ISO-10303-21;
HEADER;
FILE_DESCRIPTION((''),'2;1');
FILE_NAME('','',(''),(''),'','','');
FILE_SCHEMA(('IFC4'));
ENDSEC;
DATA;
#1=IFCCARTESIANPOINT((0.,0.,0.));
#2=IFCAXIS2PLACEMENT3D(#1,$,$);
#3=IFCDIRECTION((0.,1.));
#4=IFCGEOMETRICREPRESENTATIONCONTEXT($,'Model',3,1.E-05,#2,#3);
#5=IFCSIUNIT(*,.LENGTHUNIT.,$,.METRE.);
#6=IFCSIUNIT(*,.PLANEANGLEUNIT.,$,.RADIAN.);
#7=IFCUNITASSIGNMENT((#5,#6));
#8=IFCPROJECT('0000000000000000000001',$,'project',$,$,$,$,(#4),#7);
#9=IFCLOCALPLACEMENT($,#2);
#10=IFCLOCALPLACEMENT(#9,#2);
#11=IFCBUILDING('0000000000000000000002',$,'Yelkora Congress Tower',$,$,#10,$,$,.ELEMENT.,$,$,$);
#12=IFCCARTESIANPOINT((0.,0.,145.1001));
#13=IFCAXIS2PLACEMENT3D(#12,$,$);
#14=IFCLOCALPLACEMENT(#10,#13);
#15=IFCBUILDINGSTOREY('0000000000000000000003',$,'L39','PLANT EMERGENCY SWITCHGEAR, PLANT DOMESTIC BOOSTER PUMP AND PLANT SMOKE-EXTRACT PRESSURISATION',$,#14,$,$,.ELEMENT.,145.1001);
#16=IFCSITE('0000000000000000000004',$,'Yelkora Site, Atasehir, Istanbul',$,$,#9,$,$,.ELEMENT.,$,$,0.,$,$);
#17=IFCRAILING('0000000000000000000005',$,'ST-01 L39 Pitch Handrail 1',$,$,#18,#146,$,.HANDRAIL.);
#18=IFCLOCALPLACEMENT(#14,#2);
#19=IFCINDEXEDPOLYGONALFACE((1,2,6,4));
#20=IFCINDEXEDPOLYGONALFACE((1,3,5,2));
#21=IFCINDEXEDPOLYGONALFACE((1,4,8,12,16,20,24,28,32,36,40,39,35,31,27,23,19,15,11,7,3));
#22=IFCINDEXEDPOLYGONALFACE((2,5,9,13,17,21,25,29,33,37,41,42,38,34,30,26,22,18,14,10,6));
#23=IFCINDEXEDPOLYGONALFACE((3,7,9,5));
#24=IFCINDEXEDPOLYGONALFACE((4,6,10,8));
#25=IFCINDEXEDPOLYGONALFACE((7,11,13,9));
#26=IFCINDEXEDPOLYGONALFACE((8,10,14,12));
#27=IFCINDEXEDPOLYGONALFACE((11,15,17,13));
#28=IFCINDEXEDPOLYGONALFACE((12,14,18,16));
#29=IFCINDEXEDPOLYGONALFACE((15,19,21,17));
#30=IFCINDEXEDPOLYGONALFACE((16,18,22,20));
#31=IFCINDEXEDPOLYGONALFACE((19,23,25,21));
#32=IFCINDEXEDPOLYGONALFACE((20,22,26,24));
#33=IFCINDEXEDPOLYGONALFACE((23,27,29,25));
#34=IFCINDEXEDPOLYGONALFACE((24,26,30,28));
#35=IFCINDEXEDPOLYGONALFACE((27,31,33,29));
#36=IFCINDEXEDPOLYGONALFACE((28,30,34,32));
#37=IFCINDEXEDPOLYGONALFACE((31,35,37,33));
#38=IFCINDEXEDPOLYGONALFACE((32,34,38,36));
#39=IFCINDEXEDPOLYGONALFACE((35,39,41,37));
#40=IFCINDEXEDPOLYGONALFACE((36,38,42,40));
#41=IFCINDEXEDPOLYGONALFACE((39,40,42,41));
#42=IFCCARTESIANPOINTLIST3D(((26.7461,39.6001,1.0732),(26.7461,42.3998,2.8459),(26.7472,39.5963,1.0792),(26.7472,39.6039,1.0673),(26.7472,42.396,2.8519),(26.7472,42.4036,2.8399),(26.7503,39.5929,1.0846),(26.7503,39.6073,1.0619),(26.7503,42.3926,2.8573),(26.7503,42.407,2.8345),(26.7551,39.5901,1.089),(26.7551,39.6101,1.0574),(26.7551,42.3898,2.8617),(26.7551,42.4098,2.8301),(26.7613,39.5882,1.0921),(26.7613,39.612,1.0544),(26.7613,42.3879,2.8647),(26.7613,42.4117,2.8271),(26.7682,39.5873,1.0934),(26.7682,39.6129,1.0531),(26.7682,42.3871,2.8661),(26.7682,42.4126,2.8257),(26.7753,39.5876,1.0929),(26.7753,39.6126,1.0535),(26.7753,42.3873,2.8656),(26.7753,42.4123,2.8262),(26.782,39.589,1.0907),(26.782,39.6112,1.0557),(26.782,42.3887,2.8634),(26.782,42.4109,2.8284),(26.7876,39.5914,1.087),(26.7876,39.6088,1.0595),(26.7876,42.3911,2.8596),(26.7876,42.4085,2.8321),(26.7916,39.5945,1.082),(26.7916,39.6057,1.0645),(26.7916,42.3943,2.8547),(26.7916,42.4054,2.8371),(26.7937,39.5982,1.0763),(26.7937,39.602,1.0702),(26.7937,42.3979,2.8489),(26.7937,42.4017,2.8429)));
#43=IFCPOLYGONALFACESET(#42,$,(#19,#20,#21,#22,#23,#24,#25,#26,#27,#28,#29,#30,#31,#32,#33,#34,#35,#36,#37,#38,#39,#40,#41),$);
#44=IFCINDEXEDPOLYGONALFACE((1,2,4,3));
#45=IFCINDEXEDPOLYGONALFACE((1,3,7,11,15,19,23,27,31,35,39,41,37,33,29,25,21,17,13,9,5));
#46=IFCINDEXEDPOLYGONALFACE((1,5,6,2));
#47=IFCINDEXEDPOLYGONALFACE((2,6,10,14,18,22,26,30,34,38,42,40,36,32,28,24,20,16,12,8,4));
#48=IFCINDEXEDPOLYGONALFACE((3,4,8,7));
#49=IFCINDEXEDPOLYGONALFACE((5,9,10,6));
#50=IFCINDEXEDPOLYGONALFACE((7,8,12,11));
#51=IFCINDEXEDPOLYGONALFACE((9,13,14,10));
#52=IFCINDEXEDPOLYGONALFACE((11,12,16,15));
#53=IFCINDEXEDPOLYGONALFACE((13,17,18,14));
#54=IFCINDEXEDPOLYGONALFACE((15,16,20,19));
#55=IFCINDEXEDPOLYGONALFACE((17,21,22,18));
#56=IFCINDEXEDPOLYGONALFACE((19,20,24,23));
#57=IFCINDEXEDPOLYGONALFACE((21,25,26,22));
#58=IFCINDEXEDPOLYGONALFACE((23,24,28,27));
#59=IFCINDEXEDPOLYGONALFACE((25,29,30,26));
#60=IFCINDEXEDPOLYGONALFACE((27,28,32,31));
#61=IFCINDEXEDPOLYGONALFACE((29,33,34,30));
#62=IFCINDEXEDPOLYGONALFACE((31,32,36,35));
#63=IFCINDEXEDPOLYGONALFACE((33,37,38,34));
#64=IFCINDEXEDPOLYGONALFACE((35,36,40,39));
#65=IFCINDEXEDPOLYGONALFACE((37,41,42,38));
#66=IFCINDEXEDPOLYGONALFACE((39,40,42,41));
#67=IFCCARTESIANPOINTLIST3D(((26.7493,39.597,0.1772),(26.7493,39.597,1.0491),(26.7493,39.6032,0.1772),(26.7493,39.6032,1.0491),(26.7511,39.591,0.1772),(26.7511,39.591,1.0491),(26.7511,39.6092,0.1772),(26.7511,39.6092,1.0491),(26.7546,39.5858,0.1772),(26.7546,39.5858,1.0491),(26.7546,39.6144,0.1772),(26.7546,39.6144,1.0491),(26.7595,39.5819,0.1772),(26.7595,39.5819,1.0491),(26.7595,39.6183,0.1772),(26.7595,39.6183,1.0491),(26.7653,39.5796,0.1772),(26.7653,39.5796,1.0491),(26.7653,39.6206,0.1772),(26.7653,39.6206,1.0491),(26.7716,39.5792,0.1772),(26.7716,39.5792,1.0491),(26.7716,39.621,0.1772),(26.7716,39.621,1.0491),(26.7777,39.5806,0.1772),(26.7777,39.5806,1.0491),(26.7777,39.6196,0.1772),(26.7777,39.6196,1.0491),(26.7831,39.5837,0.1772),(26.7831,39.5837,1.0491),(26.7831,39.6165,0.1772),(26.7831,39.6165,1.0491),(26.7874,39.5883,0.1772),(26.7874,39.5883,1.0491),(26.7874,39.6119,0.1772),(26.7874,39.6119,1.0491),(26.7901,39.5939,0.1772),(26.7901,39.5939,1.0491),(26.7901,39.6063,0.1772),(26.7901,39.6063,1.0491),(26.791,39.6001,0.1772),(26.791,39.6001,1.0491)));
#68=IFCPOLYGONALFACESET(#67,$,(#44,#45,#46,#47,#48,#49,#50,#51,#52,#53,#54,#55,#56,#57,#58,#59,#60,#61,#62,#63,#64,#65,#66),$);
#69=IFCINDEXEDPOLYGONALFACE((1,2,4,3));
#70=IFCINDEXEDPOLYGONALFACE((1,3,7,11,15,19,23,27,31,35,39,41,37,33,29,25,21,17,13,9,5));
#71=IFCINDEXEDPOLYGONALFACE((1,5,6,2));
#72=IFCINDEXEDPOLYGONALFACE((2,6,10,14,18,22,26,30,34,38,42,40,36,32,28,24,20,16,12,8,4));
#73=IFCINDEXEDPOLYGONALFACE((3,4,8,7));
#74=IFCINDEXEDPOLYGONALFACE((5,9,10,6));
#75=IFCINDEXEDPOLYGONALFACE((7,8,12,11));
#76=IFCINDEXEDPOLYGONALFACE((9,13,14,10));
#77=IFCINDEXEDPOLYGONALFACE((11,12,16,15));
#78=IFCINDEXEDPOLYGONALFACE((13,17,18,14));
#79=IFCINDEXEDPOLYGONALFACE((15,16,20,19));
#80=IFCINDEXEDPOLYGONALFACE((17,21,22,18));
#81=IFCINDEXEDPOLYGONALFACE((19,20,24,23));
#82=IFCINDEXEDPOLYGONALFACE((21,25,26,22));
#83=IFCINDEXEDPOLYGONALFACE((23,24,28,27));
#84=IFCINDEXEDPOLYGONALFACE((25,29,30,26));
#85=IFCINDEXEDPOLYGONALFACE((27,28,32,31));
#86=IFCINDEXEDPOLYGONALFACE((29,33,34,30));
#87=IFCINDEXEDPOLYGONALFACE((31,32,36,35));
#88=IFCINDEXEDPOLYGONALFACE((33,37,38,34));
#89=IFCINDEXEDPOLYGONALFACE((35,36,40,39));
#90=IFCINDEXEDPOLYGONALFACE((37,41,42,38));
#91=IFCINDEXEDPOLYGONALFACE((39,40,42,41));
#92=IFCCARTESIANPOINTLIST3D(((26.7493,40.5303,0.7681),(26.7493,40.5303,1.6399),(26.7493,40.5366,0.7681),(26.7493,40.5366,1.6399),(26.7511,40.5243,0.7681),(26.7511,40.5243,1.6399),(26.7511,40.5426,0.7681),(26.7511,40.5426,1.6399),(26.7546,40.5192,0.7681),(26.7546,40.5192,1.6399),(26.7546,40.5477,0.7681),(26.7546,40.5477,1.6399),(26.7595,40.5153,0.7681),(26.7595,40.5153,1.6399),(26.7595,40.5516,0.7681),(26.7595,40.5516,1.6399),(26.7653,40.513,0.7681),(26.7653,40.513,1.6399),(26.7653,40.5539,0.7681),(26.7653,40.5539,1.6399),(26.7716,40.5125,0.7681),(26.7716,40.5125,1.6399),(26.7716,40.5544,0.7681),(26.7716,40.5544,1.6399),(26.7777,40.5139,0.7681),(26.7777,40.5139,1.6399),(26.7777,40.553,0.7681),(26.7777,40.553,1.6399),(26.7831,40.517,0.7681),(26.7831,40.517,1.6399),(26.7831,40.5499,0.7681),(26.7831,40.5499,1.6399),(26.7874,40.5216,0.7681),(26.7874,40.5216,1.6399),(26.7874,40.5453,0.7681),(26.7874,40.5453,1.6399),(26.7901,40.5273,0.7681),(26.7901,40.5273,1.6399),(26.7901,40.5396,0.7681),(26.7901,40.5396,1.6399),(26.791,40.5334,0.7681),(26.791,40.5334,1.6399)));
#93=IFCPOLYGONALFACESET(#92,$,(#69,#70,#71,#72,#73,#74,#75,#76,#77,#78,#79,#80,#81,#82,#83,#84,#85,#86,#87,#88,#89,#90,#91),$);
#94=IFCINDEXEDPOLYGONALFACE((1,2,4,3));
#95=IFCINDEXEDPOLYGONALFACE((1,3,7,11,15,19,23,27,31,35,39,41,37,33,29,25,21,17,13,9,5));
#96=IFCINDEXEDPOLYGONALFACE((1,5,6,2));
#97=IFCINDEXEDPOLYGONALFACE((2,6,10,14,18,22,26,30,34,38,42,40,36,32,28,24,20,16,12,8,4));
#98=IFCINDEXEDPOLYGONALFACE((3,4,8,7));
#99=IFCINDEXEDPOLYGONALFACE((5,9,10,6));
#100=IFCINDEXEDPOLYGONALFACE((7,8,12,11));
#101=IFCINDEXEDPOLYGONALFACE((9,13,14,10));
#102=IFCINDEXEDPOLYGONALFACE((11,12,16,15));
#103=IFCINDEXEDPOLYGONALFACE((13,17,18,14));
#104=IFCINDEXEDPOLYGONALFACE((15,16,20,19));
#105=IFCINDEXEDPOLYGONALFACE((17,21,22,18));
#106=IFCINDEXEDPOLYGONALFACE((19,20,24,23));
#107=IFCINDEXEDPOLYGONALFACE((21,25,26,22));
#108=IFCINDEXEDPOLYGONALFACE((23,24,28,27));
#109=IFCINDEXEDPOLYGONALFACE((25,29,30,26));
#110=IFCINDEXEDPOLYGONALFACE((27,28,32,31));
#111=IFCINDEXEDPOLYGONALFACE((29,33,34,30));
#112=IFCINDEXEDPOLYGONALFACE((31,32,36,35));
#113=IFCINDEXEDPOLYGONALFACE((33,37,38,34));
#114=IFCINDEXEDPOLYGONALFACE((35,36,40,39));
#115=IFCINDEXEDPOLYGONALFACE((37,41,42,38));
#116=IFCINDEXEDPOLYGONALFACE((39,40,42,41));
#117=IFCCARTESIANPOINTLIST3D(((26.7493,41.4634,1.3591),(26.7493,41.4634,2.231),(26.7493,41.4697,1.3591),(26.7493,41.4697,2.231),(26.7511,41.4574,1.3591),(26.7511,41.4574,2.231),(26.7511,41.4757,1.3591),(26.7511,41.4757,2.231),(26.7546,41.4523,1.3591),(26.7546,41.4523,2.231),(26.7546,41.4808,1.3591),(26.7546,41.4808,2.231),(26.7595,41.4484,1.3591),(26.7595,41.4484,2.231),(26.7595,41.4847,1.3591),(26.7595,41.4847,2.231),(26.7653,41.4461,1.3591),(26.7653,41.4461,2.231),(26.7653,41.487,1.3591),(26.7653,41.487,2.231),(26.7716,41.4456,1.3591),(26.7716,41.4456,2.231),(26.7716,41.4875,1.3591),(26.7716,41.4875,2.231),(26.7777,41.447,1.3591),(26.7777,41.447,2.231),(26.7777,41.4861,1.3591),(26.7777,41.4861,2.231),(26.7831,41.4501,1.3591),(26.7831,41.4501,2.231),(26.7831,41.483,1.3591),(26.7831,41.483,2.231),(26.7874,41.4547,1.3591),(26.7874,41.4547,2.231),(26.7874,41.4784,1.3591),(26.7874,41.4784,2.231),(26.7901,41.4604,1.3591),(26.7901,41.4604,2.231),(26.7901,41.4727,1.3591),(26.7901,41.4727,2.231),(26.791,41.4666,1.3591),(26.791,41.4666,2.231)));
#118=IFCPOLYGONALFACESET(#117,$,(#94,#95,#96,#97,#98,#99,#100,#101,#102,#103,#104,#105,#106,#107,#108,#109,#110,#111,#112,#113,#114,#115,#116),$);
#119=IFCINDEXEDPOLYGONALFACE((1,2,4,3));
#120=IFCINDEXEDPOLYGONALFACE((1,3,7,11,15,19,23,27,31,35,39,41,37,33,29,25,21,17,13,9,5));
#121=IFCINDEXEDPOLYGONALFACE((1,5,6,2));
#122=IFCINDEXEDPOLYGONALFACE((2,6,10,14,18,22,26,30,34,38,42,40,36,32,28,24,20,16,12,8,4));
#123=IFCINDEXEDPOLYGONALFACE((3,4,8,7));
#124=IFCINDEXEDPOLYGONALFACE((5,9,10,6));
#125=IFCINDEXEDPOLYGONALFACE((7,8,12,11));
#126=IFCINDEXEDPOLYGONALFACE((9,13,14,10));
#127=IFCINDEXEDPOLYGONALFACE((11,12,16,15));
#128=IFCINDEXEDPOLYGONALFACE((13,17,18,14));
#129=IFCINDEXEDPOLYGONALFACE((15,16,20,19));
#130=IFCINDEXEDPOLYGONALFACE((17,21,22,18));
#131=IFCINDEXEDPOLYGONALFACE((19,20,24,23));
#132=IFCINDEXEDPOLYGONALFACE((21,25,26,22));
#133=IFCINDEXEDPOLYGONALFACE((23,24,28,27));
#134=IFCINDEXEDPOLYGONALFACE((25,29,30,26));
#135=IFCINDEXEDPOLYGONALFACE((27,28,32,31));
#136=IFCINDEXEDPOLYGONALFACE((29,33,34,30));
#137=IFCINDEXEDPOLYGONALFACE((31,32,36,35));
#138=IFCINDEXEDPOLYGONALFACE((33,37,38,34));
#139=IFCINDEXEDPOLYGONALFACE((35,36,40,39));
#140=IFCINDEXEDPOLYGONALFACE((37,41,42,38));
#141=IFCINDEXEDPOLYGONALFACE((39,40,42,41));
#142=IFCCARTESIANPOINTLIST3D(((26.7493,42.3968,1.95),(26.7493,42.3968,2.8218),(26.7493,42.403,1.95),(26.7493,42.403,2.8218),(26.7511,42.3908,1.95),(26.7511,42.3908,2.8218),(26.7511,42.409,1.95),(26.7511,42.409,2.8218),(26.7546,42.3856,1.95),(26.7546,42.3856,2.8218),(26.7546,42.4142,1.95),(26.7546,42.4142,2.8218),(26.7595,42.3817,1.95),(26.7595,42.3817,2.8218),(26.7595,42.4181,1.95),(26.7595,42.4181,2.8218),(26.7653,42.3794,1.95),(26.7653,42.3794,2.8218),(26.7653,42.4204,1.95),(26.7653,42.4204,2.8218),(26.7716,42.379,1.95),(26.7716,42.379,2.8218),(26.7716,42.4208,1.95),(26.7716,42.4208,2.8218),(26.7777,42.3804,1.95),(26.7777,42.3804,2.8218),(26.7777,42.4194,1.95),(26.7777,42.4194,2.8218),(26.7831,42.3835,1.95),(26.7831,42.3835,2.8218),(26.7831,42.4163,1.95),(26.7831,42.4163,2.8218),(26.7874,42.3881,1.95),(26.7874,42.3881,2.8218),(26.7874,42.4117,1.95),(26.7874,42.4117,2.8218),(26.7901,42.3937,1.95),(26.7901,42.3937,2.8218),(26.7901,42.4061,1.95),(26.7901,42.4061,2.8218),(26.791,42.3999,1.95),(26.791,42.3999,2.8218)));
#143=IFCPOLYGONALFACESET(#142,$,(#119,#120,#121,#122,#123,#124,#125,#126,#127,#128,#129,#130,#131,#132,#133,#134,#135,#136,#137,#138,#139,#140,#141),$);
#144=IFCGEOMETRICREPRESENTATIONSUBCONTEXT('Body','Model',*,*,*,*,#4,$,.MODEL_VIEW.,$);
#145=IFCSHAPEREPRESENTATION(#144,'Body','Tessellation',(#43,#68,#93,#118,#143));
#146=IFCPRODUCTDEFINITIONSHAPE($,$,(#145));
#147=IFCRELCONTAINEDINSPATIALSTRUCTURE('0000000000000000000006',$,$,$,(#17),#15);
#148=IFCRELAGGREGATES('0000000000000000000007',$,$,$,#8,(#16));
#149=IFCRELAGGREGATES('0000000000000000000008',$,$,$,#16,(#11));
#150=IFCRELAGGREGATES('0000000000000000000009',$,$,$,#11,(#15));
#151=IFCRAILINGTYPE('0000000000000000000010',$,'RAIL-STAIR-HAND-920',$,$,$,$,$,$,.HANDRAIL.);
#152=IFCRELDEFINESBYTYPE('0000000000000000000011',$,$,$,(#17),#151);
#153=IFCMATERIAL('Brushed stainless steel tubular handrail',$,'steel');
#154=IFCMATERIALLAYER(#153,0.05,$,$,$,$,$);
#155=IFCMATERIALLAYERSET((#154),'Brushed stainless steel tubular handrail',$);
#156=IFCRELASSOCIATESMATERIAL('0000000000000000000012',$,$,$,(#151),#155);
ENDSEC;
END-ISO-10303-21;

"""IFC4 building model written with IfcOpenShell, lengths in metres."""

from ifc_helpers import new_model, si_unit, direction, frame, origin, origin_2d, place, context, subcontext, project, spatial, circle, extrude, material, layer, layer_set, type_object, element, save


model = new_model("IFC4")

# Units and contexts
model_context = context("Model", 3, precision=1e-05, world=origin(), true_north=direction((0.0, 1.0)))
body_context = subcontext(model_context, "Body", "Model", "MODEL_VIEW")
ifc_project = project(units=[si_unit("LENGTHUNIT", "METRE"), si_unit("PLANEANGLEUNIT", "RADIAN")], contexts=[model_context])

# Site, building, storey
site_placement = place(None, origin())
site = spatial("IfcSite", under=ifc_project, at=site_placement, Name="Yelkora Site, Atasehir, Istanbul", CompositionType="ELEMENT", RefElevation=0.0)
building_placement = place(site_placement, origin())
building = spatial("IfcBuilding", under=site, at=building_placement, Name="Yelkora Congress Tower", CompositionType="ELEMENT")
storey_placement = place(building_placement, frame((0.0, 0.0, 145.1001)))
storey = spatial("IfcBuildingStorey", under=building, at=storey_placement, Name="L39", Description="PLANT EMERGENCY SWITCHGEAR, PLANT DOMESTIC BOOSTER PUMP AND PLANT SMOKE-EXTRACT PRESSURISATION", CompositionType="ELEMENT", Elevation=145.1001)

# Railing
ifc_material_1 = material(Name="Brushed stainless steel tubular handrail", Category="steel")
ifc_layer_1 = layer(ifc_material_1, 0.05)
ifc_layer_set_1 = layer_set([ifc_layer_1], Name="Brushed stainless steel tubular handrail")
railing_type_1 = type_object("IfcRailingType", Name="RAIL-STAIR-HAND-920", PredefinedType="HANDRAIL", material=ifc_layer_set_1)
railing_1_placement = place(storey_placement, frame((26.77, 39.6001, 0.1772)))
element("IfcRailing", 1, at=railing_1_placement, inside=storey, type_object=railing_type_1, Name="ST-01 L39 Pitch Handrail 1", PredefinedType="HANDRAIL", context=body_context, shape_type="SweptSolid", body=[
    extrude(circle(Radius=0.0239, at=origin_2d()), frame((0.0, 0.0, 0.896), z_axis=(0.0, 0.844888, 0.534943), x_axis=(-1.0, 0.0, 0.0)), (0.0, 0.0, 1.0), 3.3137),
    extrude(circle(Radius=0.021, at=origin_2d()), origin(), (0.0, 0.0, 1.0), 0.8718),
    extrude(circle(Radius=0.021, at=origin_2d()), frame((0.0, 0.9333, 0.5908)), (0.0, 0.0, 1.0), 0.8718),
    extrude(circle(Radius=0.021, at=origin_2d()), frame((0.0, 1.8665, 1.1819)), (0.0, 0.0, 1.0), 0.8718),
    extrude(circle(Radius=0.021, at=origin_2d()), frame((0.0, 2.7998, 1.7727)), (0.0, 0.0, 1.0), 0.8718),
])

save(model, "model.ifc")
